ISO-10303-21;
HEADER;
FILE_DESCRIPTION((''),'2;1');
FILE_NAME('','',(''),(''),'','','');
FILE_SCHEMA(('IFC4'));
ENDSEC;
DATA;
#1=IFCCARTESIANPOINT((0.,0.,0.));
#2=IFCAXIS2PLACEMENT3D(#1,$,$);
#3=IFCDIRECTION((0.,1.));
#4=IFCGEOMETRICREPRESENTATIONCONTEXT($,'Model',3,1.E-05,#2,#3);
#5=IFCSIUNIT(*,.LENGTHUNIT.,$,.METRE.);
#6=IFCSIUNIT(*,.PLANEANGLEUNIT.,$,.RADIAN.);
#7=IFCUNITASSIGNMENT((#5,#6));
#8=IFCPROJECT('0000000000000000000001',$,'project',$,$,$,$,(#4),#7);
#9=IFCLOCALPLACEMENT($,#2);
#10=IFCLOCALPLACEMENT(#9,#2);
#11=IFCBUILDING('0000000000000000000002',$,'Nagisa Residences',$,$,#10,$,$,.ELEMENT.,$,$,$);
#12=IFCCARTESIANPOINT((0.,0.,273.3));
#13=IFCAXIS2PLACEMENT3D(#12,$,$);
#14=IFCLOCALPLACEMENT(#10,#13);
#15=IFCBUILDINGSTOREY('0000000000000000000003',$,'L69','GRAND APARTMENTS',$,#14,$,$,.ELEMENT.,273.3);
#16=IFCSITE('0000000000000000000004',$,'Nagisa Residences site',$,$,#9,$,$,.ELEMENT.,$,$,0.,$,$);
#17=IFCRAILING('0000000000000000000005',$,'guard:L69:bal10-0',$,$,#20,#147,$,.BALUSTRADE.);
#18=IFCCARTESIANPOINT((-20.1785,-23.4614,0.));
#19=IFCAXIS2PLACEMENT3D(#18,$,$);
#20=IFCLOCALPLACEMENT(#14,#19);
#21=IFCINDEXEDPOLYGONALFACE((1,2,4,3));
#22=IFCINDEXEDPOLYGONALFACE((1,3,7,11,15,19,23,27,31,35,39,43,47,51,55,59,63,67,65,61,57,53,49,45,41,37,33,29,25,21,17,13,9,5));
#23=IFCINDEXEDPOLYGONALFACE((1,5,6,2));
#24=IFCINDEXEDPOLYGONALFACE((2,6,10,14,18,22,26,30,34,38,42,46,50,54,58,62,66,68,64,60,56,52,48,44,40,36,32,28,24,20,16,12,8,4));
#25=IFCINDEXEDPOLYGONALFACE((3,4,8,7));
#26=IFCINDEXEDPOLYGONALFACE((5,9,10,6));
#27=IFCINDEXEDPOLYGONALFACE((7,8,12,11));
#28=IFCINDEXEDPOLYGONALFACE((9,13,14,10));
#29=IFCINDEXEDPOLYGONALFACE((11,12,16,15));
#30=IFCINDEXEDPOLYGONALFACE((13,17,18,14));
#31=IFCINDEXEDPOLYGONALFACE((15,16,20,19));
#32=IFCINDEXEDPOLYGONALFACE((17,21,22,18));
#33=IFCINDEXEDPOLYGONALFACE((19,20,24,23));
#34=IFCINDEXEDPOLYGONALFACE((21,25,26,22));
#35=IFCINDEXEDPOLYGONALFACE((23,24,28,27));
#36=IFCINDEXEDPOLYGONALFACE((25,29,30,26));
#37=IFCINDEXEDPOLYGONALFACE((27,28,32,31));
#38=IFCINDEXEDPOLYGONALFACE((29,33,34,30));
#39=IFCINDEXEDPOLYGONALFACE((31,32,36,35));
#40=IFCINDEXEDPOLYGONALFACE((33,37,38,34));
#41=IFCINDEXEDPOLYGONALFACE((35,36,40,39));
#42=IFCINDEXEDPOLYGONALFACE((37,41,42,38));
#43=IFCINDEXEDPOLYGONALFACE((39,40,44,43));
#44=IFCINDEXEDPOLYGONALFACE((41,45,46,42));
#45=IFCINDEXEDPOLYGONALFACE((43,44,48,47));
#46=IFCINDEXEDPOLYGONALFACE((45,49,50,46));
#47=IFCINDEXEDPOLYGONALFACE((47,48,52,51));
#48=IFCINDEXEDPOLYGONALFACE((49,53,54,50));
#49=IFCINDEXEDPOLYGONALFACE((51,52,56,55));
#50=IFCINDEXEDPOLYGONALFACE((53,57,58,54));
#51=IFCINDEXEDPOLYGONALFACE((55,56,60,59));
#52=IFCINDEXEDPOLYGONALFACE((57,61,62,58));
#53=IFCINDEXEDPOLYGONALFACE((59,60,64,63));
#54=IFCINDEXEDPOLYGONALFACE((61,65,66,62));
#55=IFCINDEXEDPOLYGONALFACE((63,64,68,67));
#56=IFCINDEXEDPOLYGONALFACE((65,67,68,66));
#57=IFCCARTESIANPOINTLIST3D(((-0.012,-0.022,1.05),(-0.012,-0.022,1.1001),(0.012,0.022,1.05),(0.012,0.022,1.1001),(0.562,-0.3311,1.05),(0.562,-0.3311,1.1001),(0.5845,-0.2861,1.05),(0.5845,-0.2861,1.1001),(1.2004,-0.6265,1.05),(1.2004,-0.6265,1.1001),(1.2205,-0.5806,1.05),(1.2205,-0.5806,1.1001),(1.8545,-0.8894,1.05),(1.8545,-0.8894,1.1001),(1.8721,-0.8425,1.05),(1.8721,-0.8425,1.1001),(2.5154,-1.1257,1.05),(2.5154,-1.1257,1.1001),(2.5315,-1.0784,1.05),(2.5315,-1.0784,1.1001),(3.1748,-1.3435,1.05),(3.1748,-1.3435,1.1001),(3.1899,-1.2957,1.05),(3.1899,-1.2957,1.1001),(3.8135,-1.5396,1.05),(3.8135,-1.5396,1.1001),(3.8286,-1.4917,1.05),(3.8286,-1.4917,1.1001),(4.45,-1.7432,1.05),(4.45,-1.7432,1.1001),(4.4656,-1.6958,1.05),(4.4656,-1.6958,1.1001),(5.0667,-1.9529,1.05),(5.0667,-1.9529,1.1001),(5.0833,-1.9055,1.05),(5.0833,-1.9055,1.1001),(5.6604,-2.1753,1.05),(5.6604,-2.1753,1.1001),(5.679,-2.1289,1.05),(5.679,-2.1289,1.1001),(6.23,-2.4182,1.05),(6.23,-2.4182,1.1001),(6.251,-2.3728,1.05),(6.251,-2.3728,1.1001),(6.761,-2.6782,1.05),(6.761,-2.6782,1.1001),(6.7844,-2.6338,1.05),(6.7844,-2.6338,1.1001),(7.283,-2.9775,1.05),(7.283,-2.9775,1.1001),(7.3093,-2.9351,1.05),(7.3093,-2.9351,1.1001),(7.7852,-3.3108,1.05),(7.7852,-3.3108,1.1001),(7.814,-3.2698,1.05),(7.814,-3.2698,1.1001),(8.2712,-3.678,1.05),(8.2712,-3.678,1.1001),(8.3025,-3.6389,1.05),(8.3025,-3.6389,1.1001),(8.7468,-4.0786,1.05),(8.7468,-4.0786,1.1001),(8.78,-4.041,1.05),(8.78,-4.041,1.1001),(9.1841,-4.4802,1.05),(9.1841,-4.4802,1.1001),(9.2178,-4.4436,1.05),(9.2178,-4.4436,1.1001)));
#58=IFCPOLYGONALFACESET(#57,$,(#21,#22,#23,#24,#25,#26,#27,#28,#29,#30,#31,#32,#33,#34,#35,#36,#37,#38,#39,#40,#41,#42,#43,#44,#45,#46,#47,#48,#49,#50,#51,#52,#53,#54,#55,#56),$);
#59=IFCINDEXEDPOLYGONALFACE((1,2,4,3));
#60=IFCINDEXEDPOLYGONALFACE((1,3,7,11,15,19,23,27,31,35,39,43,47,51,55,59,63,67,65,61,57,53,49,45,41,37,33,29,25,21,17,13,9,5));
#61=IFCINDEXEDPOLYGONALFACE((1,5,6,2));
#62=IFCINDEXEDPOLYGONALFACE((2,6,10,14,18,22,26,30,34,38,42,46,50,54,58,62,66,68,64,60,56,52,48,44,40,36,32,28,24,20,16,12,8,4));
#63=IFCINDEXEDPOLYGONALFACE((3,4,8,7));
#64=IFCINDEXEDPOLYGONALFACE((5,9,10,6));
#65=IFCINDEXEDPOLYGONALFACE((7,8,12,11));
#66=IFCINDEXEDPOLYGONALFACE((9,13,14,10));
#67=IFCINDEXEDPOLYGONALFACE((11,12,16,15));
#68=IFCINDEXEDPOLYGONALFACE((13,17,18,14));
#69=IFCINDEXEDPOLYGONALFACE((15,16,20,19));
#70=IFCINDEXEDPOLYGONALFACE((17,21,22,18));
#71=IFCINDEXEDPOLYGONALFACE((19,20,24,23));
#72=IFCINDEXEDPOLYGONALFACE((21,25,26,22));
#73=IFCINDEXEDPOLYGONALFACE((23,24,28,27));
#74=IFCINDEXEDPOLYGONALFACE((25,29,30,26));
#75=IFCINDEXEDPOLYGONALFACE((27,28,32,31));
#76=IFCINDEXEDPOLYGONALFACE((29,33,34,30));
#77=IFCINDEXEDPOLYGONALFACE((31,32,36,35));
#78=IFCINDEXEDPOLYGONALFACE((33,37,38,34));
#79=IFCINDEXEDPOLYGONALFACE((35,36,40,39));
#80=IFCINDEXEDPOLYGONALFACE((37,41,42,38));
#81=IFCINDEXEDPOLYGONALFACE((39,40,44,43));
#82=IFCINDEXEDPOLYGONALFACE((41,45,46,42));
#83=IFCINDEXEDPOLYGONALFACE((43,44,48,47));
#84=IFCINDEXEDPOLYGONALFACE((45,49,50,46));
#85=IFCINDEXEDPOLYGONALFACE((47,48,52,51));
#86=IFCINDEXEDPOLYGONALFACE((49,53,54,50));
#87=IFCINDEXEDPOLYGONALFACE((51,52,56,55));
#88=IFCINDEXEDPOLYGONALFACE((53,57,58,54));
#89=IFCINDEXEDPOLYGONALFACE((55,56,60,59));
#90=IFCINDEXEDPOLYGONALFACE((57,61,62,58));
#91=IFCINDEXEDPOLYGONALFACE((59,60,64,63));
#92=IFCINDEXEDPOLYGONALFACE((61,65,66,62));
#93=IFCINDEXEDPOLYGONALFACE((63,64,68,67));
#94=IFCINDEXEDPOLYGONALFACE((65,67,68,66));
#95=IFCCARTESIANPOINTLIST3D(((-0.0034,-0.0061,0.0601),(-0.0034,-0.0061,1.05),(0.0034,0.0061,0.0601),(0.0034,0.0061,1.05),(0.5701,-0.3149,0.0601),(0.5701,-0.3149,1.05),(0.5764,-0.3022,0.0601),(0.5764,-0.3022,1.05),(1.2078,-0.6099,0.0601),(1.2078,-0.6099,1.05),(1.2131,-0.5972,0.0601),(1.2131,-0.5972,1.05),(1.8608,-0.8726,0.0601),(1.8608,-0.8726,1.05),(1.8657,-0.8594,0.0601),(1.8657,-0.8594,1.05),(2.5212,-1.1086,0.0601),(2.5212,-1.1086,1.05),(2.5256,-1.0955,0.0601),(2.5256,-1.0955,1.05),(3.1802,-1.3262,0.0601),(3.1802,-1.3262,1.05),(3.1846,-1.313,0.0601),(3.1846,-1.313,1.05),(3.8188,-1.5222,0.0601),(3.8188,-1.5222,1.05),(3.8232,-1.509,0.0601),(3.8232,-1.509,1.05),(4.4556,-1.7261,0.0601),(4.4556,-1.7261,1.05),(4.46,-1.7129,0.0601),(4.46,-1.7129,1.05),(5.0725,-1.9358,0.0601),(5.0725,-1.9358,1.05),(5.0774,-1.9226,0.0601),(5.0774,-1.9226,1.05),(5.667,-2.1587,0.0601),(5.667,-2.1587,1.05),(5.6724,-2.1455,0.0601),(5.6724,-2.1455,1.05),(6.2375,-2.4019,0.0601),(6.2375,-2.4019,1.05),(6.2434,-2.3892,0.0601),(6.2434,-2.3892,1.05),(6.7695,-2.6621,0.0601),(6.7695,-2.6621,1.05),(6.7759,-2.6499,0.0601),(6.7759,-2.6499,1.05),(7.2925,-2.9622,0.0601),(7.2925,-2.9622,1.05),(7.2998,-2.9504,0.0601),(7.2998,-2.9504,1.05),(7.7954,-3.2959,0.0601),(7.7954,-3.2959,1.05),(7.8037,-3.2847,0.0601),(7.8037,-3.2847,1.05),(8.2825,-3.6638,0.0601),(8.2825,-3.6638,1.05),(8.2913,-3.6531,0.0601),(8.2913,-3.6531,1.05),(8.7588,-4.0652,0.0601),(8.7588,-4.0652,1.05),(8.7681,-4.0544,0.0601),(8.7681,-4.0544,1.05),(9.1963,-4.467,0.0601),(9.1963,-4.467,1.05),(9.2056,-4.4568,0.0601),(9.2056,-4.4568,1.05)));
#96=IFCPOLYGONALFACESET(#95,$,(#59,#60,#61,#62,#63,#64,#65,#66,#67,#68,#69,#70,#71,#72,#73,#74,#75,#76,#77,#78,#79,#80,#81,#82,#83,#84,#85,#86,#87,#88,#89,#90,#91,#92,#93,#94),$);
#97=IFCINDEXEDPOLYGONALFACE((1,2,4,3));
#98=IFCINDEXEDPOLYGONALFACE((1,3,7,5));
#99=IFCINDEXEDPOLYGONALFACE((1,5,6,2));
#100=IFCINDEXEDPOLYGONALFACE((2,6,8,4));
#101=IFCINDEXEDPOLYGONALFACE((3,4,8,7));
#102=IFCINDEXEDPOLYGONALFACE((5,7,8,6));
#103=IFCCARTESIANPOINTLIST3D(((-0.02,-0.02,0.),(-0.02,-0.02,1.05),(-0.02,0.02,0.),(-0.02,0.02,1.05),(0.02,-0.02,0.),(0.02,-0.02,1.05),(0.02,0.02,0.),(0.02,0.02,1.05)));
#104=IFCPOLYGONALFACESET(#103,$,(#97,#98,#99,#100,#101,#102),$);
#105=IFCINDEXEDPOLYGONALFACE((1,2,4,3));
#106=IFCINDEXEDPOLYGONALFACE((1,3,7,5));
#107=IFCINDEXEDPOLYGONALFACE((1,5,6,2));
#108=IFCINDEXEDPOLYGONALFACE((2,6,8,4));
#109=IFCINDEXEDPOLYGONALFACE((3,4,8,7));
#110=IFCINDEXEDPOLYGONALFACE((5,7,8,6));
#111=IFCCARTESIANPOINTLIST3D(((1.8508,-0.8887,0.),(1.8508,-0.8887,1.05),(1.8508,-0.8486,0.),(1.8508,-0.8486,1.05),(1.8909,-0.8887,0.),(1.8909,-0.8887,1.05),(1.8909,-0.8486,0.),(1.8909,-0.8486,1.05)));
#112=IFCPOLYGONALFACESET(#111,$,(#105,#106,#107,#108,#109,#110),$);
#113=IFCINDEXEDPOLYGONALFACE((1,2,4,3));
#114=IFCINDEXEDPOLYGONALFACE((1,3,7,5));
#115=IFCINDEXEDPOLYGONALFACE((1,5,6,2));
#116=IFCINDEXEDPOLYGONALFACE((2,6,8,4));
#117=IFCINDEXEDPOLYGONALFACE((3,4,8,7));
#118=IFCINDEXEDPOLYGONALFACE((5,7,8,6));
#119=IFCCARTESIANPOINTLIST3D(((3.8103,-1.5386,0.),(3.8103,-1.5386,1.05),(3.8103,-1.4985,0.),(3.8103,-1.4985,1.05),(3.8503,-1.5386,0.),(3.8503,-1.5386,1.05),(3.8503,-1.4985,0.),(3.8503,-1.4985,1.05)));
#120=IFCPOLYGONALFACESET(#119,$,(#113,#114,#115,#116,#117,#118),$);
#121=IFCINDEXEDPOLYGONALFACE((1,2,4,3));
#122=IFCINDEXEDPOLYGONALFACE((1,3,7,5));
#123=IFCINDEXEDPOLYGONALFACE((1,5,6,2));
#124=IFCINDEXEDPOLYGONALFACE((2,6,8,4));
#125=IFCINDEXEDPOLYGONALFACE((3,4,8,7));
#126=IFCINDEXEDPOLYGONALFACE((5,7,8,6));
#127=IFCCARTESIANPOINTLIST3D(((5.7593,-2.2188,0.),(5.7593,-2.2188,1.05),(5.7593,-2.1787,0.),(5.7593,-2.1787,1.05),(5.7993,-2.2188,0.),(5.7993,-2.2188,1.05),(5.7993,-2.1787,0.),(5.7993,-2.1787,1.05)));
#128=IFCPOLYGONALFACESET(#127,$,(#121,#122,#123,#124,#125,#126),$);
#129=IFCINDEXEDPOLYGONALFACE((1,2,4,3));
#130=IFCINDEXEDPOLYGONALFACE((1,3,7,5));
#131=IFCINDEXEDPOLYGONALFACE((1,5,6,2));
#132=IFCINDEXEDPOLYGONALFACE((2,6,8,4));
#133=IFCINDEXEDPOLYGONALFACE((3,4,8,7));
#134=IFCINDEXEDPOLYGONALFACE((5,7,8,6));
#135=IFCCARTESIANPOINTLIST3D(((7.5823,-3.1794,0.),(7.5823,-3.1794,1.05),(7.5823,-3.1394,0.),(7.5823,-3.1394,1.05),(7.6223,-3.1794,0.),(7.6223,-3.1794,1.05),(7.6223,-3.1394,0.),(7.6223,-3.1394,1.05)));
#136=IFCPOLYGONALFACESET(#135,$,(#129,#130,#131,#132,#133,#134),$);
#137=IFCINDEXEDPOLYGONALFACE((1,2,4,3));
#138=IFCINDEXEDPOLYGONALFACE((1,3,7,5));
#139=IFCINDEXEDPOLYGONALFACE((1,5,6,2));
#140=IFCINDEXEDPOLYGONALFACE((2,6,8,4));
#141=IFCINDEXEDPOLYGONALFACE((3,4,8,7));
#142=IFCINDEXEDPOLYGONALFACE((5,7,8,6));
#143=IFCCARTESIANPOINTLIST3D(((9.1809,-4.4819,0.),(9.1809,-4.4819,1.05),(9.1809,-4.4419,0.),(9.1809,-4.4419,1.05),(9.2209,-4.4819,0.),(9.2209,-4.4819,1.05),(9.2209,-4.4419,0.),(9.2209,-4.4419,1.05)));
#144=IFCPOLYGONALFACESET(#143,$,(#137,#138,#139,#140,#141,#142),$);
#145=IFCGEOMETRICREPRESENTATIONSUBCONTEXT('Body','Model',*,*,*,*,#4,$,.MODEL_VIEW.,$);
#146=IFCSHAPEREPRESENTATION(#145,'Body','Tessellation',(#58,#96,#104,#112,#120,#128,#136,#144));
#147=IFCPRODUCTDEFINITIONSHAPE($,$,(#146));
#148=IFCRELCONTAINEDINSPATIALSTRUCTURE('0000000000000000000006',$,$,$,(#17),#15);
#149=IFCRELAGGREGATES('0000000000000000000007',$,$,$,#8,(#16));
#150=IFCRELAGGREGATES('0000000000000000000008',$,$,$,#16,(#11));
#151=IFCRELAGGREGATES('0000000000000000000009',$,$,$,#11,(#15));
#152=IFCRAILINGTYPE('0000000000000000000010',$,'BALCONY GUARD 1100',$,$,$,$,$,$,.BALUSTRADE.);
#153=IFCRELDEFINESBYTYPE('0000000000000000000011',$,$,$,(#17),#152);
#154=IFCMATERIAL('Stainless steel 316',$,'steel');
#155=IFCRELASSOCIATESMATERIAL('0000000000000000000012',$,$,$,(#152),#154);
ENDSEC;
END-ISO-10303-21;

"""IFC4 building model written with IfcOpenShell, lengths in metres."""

from ifc_helpers import new_model, si_unit, direction, frame, origin, origin_2d, place, context, subcontext, project, spatial, polyline, rectangle, outline, extrude, material, type_object, element, save


model = new_model("IFC4")

# Units and contexts
model_context = context("Model", 3, precision=1e-05, world=origin(), true_north=direction((0.0, 1.0)))
body_context = subcontext(model_context, "Body", "Model", "MODEL_VIEW")
ifc_project = project(units=[si_unit("LENGTHUNIT", "METRE"), si_unit("PLANEANGLEUNIT", "RADIAN")], contexts=[model_context])

# Site, building, storey
site_placement = place(None, origin())
site = spatial("IfcSite", under=ifc_project, at=site_placement, Name="Nagisa Residences site", CompositionType="ELEMENT", RefElevation=0.0)
building_placement = place(site_placement, origin())
building = spatial("IfcBuilding", under=site, at=building_placement, Name="Nagisa Residences", CompositionType="ELEMENT")
storey_placement = place(building_placement, frame((0.0, 0.0, 273.3)))
storey = spatial("IfcBuildingStorey", under=building, at=storey_placement, Name="L69", Description="GRAND APARTMENTS", CompositionType="ELEMENT", Elevation=273.3)

# Railing
ifc_material_1 = material(Name="Stainless steel 316", Category="steel")
railing_type = type_object("IfcRailingType", Name="BALCONY GUARD 1100", PredefinedType="BALUSTRADE", material=ifc_material_1)
railing_1_placement = place(storey_placement, frame((-20.1785, -23.4614, 0.0)))
element("IfcRailing", 1, at=railing_1_placement, inside=storey, type_object=railing_type, Name="guard:L69:bal10-0", PredefinedType="BALUSTRADE", context=body_context, shape_type="SweptSolid", body=[
    extrude(outline(polyline([(0.5845, -0.2861), (0.012, 0.022), (-0.012, -0.022), (0.562, -0.3311), (1.2004, -0.6265), (1.8545, -0.8894), (2.5154, -1.1257), (3.1748, -1.3435), (3.8135, -1.5396), (4.45, -1.7432), (5.0667, -1.9529), (5.6604, -2.1753), (6.23, -2.4182), (6.761, -2.6782), (7.283, -2.9775), (7.7852, -3.3108), (8.2712, -3.678), (8.7468, -4.0786), (9.1841, -4.4802), (9.2178, -4.4436), (8.78, -4.041), (8.3025, -3.6389), (7.814, -3.2698), (7.3093, -2.9351), (6.7844, -2.6338), (6.251, -2.3728), (5.679, -2.1289), (5.0833, -1.9055), (4.4656, -1.6958), (3.8286, -1.4917), (3.1899, -1.2957), (2.5315, -1.0784), (1.8721, -0.8425), (1.2205, -0.5806), (0.5845, -0.2861)])), frame((0.0, 0.0, 1.05)), (0.0, 0.0, 1.0), 0.05),
    extrude(outline(polyline([(0.5764, -0.3022), (0.0034, 0.0061), (-0.0034, -0.0061), (0.5701, -0.3149), (1.2078, -0.6099), (1.8608, -0.8726), (2.5212, -1.1086), (3.1802, -1.3262), (3.8188, -1.5222), (4.4556, -1.7261), (5.0725, -1.9358), (5.667, -2.1587), (6.2375, -2.4019), (6.7695, -2.6621), (7.2925, -2.9622), (7.7954, -3.2959), (8.2825, -3.6638), (8.7588, -4.0652), (9.1963, -4.467), (9.2056, -4.4568), (8.7681, -4.0544), (8.2913, -3.6531), (7.8037, -3.2847), (7.2998, -2.9504), (6.7759, -2.6499), (6.2434, -2.3892), (5.6724, -2.1455), (5.0774, -1.9226), (4.46, -1.7129), (3.8232, -1.509), (3.1846, -1.313), (2.5256, -1.0955), (1.8657, -0.8594), (1.2131, -0.5972), (0.5764, -0.3022)])), frame((0.0, 0.0, 0.0601)), (0.0, 0.0, 1.0), 0.99),
    extrude(rectangle(XDim=0.04, YDim=0.04, at=origin_2d()), origin(), (0.0, 0.0, 1.0), 1.05),
    extrude(rectangle(XDim=0.04, YDim=0.04, at=origin_2d()), frame((1.8708, -0.8687, 0.0)), (0.0, 0.0, 1.0), 1.05),
    extrude(rectangle(XDim=0.04, YDim=0.04, at=origin_2d()), frame((3.8303, -1.5186, 0.0)), (0.0, 0.0, 1.0), 1.05),
    extrude(rectangle(XDim=0.04, YDim=0.04, at=origin_2d()), frame((5.7793, -2.1987, 0.0)), (0.0, 0.0, 1.0), 1.05),
    extrude(rectangle(XDim=0.04, YDim=0.04, at=origin_2d()), frame((7.6023, -3.1594, 0.0)), (0.0, 0.0, 1.0), 1.05),
    extrude(rectangle(XDim=0.04, YDim=0.04, at=origin_2d()), frame((9.2009, -4.4619, 0.0)), (0.0, 0.0, 1.0), 1.05),
])

save(model, "model.ifc")
